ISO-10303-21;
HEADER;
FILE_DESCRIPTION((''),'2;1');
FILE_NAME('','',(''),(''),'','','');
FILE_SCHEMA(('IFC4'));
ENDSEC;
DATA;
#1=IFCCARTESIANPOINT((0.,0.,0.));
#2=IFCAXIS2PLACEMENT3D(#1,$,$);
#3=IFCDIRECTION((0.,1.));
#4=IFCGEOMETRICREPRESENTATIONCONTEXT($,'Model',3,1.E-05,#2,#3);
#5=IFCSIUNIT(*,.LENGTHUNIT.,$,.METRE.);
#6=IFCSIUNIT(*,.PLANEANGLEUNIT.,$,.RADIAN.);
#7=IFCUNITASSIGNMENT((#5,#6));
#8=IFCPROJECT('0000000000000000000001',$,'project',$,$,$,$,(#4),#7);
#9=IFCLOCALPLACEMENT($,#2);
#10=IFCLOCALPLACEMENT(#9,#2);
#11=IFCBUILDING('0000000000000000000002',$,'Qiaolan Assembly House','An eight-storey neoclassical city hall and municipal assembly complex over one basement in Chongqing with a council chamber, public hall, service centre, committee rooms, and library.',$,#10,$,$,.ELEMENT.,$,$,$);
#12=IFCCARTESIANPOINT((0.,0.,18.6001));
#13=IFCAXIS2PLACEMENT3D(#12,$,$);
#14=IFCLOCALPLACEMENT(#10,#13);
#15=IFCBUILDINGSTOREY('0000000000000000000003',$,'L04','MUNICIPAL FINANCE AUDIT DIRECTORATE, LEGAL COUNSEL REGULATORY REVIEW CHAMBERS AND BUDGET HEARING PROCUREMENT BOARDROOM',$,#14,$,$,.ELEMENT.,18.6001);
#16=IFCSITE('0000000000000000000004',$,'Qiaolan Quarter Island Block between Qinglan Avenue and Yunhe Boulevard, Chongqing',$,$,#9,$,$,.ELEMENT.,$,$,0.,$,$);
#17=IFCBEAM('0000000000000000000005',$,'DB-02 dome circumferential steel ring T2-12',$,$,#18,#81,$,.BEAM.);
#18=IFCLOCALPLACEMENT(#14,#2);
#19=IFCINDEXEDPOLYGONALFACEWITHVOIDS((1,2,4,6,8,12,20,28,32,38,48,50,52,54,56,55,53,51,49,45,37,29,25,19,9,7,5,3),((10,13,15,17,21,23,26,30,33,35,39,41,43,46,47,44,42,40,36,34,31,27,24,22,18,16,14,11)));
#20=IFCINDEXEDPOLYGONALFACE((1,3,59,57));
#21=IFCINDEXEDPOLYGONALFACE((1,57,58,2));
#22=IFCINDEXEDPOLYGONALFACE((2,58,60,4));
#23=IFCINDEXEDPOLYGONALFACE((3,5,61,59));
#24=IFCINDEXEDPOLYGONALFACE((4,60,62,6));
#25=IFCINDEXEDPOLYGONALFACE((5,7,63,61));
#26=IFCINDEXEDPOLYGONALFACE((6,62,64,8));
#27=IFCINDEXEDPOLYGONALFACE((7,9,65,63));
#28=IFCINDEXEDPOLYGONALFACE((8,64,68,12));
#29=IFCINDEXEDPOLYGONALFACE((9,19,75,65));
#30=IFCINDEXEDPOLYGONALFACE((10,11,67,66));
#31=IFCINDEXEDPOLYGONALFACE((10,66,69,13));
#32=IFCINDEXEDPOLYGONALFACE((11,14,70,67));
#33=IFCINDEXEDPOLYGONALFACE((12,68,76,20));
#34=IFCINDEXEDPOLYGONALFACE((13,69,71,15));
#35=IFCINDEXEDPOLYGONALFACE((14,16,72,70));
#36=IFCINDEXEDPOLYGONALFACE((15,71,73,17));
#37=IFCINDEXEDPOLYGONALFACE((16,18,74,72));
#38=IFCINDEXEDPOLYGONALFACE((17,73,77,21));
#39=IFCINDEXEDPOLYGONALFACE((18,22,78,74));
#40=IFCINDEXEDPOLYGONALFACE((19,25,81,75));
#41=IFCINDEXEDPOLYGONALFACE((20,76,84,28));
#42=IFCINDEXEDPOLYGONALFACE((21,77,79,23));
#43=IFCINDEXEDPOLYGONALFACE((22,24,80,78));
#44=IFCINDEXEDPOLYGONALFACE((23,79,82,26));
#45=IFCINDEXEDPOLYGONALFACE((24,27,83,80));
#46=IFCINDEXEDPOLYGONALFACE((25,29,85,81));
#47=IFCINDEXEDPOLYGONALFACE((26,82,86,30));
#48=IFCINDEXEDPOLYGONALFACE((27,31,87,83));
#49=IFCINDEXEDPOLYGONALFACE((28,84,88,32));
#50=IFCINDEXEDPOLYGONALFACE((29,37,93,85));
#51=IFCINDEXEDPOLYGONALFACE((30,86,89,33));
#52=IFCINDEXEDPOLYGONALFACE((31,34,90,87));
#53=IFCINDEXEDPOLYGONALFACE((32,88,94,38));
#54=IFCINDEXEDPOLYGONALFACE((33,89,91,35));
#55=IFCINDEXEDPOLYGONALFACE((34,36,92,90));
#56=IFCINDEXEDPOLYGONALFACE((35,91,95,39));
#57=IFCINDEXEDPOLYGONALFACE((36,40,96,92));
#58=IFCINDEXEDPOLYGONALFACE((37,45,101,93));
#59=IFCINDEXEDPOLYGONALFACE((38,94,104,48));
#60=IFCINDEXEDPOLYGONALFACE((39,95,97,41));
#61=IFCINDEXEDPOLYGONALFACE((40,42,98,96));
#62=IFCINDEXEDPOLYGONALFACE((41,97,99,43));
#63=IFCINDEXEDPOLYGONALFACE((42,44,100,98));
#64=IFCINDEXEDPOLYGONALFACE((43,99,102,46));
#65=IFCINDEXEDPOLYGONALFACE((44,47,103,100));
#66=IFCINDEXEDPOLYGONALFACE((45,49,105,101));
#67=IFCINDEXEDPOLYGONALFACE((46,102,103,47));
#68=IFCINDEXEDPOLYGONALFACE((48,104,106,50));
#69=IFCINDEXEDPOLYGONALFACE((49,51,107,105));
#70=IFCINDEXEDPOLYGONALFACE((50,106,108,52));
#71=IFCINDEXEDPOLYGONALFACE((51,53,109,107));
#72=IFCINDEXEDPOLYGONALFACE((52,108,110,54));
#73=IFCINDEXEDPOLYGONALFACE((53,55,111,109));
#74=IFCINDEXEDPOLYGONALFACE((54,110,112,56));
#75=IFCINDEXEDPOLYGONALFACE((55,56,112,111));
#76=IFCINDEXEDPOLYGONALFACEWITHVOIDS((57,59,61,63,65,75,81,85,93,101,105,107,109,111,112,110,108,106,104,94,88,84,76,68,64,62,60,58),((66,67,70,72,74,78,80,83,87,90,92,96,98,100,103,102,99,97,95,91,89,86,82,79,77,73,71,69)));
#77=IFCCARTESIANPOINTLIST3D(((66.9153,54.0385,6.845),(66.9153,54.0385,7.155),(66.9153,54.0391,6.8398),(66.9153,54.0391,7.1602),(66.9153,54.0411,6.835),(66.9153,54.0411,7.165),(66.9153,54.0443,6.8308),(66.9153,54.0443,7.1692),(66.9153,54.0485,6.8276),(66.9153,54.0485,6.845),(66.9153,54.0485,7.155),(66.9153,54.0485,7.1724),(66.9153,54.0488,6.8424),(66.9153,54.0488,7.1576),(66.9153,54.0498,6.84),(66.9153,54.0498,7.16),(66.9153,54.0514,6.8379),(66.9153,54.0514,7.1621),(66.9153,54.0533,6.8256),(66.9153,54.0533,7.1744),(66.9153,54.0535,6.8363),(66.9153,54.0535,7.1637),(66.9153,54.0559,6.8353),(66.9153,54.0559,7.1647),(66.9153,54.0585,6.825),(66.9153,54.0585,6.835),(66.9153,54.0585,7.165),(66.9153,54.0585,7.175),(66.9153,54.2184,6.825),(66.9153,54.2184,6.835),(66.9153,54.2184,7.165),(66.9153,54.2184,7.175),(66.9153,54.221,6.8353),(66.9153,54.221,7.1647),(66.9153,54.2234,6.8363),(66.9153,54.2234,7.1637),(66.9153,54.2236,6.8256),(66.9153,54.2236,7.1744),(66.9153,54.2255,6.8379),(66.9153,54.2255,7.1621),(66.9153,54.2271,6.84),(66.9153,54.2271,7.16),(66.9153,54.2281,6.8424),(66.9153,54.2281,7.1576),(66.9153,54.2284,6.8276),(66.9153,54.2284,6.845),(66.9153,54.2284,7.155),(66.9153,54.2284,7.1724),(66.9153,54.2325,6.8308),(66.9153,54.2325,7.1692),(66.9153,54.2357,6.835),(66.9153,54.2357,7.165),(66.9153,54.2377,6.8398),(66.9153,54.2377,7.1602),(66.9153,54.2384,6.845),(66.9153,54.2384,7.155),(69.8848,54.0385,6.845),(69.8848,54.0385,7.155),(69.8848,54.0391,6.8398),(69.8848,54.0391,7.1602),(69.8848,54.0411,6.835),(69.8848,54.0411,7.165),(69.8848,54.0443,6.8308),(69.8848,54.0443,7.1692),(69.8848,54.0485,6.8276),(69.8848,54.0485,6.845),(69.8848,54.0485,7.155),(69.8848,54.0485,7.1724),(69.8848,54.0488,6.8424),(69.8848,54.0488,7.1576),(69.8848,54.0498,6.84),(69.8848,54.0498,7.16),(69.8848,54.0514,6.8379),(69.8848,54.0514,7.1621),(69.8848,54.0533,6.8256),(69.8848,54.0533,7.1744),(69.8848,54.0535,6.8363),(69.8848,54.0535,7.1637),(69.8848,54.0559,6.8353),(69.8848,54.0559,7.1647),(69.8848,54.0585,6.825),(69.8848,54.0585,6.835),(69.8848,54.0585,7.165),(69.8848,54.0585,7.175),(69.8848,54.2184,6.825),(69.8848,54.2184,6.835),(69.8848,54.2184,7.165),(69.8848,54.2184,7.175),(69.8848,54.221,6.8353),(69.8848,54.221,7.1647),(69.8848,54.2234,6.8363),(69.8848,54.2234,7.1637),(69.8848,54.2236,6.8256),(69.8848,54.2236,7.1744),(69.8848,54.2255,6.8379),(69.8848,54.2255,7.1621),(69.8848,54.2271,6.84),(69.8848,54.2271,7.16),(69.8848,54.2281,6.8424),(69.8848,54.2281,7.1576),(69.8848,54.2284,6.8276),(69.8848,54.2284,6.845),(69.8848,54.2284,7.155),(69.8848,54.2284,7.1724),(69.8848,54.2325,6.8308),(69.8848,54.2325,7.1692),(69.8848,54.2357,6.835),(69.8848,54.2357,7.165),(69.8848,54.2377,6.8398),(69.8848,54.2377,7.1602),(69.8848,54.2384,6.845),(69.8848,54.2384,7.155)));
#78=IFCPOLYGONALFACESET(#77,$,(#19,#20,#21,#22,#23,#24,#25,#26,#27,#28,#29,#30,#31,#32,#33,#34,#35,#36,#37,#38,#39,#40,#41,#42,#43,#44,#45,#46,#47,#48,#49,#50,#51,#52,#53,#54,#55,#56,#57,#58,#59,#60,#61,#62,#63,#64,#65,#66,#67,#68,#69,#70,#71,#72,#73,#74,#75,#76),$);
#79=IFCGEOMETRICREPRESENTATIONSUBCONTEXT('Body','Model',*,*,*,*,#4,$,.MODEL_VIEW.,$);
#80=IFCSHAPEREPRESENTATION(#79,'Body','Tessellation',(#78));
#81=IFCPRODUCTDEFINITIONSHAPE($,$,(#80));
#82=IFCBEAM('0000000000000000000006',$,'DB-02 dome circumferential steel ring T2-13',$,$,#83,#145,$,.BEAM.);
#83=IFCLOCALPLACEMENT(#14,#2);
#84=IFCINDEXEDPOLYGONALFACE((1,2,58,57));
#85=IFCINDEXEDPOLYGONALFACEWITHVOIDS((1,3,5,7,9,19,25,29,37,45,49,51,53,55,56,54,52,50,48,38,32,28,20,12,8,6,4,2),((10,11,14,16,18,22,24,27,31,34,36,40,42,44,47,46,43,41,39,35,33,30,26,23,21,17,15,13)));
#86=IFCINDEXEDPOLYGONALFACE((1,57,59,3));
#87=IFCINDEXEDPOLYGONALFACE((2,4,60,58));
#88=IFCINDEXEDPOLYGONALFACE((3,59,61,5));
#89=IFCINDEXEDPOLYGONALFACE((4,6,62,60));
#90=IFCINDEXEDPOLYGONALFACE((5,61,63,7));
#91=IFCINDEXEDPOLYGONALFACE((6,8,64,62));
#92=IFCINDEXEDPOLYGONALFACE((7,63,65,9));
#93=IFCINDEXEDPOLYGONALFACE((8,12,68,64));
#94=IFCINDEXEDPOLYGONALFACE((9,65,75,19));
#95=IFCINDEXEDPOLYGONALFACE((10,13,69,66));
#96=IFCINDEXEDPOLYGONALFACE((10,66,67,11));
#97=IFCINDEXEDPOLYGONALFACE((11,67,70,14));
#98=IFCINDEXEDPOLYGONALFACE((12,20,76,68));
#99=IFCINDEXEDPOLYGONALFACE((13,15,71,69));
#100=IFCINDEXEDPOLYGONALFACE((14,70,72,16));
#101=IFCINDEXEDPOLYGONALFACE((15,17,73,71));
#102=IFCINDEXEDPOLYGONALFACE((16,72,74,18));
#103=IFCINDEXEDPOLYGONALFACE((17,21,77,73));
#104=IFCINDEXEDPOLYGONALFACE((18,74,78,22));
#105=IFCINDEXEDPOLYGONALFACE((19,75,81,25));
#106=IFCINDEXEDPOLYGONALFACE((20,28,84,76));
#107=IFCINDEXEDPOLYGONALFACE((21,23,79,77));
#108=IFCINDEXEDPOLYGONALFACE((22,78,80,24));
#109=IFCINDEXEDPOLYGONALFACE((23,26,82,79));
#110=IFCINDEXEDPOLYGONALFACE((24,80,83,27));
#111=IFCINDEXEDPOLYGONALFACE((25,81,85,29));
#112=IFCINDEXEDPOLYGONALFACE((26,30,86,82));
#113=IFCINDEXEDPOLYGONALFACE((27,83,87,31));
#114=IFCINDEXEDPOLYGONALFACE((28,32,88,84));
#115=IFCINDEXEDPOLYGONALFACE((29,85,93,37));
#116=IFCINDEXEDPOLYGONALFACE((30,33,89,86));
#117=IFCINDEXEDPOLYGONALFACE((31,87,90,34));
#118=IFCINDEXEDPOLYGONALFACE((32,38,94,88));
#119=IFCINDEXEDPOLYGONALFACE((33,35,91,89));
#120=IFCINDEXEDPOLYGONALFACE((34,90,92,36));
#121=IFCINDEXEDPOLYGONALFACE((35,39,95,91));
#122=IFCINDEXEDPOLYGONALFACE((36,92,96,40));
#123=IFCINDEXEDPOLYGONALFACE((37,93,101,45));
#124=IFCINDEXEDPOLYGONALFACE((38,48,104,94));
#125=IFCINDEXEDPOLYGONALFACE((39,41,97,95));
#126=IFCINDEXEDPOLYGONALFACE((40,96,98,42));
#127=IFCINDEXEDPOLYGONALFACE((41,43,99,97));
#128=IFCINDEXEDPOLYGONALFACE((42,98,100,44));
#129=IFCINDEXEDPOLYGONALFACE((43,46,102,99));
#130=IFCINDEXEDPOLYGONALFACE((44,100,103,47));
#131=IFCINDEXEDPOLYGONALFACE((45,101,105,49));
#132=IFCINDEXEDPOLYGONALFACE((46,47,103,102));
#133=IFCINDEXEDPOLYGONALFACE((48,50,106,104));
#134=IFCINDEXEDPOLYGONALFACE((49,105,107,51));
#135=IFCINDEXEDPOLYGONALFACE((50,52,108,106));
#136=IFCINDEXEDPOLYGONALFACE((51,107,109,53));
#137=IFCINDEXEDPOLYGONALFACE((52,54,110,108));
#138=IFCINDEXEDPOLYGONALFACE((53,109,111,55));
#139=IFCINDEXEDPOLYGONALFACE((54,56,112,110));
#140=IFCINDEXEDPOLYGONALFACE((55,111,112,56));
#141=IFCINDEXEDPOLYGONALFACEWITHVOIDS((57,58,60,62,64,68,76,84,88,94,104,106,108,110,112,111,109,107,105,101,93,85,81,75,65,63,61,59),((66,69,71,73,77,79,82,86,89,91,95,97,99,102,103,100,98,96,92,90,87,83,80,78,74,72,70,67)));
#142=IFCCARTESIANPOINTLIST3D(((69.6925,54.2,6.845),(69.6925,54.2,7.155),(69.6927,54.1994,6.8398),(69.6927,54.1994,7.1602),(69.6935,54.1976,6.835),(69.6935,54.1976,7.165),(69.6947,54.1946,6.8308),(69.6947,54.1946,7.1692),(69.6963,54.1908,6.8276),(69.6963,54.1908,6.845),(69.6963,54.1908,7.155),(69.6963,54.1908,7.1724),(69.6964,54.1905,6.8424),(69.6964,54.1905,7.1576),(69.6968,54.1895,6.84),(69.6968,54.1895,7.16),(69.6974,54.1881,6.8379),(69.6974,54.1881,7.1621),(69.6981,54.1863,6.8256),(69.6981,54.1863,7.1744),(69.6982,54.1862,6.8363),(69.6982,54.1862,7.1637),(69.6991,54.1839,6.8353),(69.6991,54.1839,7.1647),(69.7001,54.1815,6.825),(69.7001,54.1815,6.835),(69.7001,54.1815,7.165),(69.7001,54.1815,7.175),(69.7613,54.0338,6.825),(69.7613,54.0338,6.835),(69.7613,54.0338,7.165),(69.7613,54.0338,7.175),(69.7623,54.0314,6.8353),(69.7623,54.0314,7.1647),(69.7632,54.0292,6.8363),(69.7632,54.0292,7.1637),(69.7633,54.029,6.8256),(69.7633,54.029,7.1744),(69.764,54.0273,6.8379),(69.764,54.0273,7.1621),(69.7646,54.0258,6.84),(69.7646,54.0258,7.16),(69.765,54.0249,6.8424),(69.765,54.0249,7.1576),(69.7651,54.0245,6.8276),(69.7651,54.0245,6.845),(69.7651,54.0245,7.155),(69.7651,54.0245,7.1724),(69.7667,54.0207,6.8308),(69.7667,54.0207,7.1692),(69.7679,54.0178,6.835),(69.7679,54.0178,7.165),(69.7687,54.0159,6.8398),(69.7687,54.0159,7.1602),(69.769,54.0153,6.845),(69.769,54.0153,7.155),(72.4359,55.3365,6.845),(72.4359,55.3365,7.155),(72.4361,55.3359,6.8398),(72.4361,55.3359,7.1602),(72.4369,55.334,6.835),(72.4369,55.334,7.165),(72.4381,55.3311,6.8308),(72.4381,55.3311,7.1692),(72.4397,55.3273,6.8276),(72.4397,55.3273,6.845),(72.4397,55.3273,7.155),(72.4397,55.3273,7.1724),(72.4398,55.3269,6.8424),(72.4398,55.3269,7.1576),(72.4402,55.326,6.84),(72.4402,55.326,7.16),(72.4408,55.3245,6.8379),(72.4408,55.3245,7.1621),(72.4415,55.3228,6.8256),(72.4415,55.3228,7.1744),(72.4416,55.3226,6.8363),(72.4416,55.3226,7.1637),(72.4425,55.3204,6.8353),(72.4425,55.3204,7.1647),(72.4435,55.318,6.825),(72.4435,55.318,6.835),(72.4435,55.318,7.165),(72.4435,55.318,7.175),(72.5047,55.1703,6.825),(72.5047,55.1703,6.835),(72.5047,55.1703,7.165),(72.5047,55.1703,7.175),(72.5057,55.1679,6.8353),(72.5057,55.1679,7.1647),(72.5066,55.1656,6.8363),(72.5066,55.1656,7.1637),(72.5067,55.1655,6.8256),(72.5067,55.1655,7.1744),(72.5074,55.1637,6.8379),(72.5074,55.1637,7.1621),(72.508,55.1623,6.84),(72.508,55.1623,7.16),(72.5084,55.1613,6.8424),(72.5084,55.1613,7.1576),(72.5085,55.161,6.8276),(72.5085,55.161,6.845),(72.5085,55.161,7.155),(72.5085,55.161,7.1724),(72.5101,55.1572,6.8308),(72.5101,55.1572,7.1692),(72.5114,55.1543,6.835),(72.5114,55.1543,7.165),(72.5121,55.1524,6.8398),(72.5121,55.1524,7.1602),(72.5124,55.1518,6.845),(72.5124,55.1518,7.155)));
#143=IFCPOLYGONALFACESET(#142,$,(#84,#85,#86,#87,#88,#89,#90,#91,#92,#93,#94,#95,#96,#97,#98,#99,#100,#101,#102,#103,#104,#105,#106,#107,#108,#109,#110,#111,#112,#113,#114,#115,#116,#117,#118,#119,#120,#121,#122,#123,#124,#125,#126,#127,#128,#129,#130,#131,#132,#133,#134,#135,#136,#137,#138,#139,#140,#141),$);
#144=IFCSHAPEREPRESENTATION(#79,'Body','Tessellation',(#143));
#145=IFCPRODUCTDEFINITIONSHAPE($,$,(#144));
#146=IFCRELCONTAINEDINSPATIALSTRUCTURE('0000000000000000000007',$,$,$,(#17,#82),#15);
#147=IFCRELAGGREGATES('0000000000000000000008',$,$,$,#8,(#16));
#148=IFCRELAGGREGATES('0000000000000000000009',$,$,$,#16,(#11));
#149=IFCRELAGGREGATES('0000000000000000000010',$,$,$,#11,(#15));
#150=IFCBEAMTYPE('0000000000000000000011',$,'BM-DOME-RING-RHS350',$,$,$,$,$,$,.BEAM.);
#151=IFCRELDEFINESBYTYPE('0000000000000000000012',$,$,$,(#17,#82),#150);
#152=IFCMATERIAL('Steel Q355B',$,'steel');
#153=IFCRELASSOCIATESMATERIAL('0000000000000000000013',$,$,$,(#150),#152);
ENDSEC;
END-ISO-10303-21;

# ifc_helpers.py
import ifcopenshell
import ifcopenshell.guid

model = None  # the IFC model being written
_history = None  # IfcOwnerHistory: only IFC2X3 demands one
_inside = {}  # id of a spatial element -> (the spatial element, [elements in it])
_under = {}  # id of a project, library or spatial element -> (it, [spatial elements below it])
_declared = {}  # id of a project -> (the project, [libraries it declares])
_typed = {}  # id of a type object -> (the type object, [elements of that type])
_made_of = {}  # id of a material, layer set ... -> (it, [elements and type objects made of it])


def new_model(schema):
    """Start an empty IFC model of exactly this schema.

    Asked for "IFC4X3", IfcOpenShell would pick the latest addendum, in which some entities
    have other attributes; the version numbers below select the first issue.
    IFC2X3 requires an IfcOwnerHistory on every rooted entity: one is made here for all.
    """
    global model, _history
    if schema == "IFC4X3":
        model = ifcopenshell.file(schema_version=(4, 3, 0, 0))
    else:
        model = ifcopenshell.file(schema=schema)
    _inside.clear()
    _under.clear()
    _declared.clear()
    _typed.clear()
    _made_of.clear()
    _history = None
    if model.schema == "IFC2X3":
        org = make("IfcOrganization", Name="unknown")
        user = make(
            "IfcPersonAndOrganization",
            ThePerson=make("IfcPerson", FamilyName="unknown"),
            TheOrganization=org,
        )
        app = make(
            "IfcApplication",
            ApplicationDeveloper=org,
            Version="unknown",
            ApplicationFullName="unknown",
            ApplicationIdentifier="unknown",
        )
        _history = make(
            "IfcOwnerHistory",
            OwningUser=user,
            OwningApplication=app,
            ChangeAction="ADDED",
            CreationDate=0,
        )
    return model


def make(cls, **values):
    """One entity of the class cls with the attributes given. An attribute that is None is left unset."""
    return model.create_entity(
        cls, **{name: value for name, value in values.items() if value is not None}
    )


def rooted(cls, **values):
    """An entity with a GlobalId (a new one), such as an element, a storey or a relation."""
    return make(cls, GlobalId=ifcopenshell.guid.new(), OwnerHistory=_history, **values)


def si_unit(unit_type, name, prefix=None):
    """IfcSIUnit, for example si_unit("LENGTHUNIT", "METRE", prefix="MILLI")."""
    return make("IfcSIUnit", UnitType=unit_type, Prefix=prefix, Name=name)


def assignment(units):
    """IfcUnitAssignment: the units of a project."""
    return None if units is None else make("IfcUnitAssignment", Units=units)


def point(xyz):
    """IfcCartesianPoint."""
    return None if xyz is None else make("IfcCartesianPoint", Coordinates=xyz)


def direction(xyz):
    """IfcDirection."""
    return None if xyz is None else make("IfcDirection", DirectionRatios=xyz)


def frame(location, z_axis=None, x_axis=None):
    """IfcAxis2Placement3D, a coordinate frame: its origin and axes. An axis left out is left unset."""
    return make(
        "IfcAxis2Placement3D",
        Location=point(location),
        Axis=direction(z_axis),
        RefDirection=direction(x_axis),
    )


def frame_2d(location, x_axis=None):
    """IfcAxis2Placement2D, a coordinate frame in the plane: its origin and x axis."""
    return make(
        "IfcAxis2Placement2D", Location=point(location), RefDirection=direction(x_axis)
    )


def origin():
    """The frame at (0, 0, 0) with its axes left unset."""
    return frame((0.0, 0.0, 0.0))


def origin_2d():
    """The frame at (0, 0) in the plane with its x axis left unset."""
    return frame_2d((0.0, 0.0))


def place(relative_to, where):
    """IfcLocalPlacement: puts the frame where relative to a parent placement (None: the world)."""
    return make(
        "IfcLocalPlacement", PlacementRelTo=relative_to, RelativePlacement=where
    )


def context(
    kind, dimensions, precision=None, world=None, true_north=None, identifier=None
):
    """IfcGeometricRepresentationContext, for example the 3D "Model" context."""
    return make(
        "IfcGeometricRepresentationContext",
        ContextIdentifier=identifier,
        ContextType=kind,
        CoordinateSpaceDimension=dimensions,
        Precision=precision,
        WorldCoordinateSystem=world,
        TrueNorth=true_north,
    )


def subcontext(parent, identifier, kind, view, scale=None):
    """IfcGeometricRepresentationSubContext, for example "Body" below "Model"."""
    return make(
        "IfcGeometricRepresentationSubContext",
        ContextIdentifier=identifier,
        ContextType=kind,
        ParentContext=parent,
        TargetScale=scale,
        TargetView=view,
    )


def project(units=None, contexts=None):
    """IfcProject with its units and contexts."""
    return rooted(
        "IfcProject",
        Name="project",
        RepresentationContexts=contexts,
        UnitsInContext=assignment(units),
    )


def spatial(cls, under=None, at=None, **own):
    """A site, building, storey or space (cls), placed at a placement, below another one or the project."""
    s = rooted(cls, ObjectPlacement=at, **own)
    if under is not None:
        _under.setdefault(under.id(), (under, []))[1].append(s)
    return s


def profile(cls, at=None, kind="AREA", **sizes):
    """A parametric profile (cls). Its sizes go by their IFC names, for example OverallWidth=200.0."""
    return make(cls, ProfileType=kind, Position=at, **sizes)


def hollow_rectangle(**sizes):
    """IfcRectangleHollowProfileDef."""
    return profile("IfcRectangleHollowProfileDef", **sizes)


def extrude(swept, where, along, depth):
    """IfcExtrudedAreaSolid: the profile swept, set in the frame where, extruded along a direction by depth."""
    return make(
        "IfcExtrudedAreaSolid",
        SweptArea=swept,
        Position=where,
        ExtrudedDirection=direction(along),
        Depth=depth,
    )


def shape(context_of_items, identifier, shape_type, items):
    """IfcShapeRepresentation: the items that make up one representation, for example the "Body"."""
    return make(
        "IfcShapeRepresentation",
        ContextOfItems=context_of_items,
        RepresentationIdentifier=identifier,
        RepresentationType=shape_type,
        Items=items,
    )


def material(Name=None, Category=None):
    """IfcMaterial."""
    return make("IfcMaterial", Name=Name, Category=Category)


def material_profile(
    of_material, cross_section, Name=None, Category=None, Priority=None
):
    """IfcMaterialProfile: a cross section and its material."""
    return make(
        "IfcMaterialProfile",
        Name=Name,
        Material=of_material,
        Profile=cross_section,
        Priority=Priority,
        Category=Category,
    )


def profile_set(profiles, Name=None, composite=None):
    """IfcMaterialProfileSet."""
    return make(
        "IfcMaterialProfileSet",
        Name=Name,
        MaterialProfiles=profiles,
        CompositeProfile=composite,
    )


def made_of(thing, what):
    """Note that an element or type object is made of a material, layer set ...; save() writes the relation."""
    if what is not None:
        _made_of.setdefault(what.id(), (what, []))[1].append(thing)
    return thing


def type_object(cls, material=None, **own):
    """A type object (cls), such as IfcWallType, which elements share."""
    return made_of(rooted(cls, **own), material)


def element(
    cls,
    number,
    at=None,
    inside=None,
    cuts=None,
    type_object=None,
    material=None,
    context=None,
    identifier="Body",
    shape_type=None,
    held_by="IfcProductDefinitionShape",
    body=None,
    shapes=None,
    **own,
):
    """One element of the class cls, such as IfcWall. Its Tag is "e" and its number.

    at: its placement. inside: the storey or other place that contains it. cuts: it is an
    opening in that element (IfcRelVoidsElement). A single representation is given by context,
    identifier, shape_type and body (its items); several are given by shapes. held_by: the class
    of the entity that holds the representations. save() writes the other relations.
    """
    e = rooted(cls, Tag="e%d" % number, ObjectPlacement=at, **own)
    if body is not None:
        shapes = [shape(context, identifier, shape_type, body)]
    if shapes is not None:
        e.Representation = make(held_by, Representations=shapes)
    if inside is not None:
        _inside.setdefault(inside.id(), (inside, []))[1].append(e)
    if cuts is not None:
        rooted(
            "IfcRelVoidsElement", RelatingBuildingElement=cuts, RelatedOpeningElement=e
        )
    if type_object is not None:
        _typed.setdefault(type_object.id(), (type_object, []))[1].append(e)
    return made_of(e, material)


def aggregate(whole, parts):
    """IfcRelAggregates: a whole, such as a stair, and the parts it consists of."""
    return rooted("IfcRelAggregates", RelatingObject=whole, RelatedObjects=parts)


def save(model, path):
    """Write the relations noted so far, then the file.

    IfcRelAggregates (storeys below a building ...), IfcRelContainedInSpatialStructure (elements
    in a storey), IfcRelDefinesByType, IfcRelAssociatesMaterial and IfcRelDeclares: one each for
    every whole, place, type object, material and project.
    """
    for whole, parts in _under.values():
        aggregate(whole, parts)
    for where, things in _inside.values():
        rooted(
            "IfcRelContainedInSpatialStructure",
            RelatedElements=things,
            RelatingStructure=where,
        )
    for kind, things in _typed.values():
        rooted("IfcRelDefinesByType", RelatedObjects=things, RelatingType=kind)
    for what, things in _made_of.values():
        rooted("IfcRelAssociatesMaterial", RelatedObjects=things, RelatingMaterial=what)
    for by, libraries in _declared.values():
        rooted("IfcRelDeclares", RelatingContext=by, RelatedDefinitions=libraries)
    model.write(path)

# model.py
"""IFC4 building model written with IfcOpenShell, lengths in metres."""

from ifc_helpers import new_model, si_unit, direction, frame, origin, origin_2d, place, context, subcontext, project, spatial, hollow_rectangle, extrude, material, material_profile, profile_set, type_object, element, save


model = new_model("IFC4")

# Units and contexts
model_context = context("Model", 3, precision=1e-05, world=origin(), true_north=direction((0.0, 1.0)))
body_context = subcontext(model_context, "Body", "Model", "MODEL_VIEW")
ifc_project = project(units=[si_unit("LENGTHUNIT", "METRE"), si_unit("PLANEANGLEUNIT", "RADIAN")], contexts=[model_context])

# Site, building, storey
site_placement = place(None, origin())
site = spatial("IfcSite", under=ifc_project, at=site_placement, Name="Qiaolan Quarter Island Block between Qinglan Avenue and Yunhe Boulevard, Chongqing", CompositionType="ELEMENT", RefElevation=0.0)
building_placement = place(site_placement, origin())
building = spatial("IfcBuilding", under=site, at=building_placement, Name="Qiaolan Assembly House", Description="An eight-storey neoclassical city hall and municipal assembly complex over one basement in Chongqing with a council chamber, public hall, service centre, committee rooms, and library.", CompositionType="ELEMENT")
storey_placement = place(building_placement, frame((0.0, 0.0, 18.6001)))
storey = spatial("IfcBuildingStorey", under=building, at=storey_placement, Name="L04", Description="MUNICIPAL FINANCE AUDIT DIRECTORATE, LEGAL COUNSEL REGULATORY REVIEW CHAMBERS AND BUDGET HEARING PROCUREMENT BOARDROOM", CompositionType="ELEMENT", Elevation=18.6001)

# Beams
ifc_material_1 = material(Name="Steel Q355B", Category="steel")
ifc_material_profile_1 = material_profile(ifc_material_1, hollow_rectangle(XDim=0.2, YDim=0.3501, WallThickness=0.01, InnerFilletRadius=0.01, OuterFilletRadius=0.02, at=origin_2d()), Name="RHS 350x200x10")
ifc_profile_set_1 = profile_set([ifc_material_profile_1], Name="Steel Q355B")
beam_type_1 = type_object("IfcBeamType", Name="BM-DOME-RING-RHS350", PredefinedType="BEAM", material=ifc_profile_set_1)
for number, where, z_axis, x_axis, name in (
    (1, (66.9153, 54.1384, 7.0), (1.0, 0.0, 0.0), (0.0, 1.0, 0.0), "DB-02 dome circumferential steel ring T2-12"),
    (2, (69.7307, 54.1077, 7.0), (0.923866, 0.382717, 0.0), (-0.382717, 0.923866, 0.0), "DB-02 dome circumferential steel ring T2-13"),
):
    element("IfcBeam", number, at=place(storey_placement, frame(where, z_axis=z_axis, x_axis=x_axis)), inside=storey, type_object=beam_type_1, Name=name, PredefinedType="BEAM", context=body_context, shape_type="SweptSolid", body=[
        extrude(hollow_rectangle(XDim=0.2, YDim=0.3501, WallThickness=0.01, InnerFilletRadius=0.01, OuterFilletRadius=0.02, at=origin_2d()), origin(), (0.0, 0.0, 1.0), 2.9695),
    ])

save(model, "model.ifc")
